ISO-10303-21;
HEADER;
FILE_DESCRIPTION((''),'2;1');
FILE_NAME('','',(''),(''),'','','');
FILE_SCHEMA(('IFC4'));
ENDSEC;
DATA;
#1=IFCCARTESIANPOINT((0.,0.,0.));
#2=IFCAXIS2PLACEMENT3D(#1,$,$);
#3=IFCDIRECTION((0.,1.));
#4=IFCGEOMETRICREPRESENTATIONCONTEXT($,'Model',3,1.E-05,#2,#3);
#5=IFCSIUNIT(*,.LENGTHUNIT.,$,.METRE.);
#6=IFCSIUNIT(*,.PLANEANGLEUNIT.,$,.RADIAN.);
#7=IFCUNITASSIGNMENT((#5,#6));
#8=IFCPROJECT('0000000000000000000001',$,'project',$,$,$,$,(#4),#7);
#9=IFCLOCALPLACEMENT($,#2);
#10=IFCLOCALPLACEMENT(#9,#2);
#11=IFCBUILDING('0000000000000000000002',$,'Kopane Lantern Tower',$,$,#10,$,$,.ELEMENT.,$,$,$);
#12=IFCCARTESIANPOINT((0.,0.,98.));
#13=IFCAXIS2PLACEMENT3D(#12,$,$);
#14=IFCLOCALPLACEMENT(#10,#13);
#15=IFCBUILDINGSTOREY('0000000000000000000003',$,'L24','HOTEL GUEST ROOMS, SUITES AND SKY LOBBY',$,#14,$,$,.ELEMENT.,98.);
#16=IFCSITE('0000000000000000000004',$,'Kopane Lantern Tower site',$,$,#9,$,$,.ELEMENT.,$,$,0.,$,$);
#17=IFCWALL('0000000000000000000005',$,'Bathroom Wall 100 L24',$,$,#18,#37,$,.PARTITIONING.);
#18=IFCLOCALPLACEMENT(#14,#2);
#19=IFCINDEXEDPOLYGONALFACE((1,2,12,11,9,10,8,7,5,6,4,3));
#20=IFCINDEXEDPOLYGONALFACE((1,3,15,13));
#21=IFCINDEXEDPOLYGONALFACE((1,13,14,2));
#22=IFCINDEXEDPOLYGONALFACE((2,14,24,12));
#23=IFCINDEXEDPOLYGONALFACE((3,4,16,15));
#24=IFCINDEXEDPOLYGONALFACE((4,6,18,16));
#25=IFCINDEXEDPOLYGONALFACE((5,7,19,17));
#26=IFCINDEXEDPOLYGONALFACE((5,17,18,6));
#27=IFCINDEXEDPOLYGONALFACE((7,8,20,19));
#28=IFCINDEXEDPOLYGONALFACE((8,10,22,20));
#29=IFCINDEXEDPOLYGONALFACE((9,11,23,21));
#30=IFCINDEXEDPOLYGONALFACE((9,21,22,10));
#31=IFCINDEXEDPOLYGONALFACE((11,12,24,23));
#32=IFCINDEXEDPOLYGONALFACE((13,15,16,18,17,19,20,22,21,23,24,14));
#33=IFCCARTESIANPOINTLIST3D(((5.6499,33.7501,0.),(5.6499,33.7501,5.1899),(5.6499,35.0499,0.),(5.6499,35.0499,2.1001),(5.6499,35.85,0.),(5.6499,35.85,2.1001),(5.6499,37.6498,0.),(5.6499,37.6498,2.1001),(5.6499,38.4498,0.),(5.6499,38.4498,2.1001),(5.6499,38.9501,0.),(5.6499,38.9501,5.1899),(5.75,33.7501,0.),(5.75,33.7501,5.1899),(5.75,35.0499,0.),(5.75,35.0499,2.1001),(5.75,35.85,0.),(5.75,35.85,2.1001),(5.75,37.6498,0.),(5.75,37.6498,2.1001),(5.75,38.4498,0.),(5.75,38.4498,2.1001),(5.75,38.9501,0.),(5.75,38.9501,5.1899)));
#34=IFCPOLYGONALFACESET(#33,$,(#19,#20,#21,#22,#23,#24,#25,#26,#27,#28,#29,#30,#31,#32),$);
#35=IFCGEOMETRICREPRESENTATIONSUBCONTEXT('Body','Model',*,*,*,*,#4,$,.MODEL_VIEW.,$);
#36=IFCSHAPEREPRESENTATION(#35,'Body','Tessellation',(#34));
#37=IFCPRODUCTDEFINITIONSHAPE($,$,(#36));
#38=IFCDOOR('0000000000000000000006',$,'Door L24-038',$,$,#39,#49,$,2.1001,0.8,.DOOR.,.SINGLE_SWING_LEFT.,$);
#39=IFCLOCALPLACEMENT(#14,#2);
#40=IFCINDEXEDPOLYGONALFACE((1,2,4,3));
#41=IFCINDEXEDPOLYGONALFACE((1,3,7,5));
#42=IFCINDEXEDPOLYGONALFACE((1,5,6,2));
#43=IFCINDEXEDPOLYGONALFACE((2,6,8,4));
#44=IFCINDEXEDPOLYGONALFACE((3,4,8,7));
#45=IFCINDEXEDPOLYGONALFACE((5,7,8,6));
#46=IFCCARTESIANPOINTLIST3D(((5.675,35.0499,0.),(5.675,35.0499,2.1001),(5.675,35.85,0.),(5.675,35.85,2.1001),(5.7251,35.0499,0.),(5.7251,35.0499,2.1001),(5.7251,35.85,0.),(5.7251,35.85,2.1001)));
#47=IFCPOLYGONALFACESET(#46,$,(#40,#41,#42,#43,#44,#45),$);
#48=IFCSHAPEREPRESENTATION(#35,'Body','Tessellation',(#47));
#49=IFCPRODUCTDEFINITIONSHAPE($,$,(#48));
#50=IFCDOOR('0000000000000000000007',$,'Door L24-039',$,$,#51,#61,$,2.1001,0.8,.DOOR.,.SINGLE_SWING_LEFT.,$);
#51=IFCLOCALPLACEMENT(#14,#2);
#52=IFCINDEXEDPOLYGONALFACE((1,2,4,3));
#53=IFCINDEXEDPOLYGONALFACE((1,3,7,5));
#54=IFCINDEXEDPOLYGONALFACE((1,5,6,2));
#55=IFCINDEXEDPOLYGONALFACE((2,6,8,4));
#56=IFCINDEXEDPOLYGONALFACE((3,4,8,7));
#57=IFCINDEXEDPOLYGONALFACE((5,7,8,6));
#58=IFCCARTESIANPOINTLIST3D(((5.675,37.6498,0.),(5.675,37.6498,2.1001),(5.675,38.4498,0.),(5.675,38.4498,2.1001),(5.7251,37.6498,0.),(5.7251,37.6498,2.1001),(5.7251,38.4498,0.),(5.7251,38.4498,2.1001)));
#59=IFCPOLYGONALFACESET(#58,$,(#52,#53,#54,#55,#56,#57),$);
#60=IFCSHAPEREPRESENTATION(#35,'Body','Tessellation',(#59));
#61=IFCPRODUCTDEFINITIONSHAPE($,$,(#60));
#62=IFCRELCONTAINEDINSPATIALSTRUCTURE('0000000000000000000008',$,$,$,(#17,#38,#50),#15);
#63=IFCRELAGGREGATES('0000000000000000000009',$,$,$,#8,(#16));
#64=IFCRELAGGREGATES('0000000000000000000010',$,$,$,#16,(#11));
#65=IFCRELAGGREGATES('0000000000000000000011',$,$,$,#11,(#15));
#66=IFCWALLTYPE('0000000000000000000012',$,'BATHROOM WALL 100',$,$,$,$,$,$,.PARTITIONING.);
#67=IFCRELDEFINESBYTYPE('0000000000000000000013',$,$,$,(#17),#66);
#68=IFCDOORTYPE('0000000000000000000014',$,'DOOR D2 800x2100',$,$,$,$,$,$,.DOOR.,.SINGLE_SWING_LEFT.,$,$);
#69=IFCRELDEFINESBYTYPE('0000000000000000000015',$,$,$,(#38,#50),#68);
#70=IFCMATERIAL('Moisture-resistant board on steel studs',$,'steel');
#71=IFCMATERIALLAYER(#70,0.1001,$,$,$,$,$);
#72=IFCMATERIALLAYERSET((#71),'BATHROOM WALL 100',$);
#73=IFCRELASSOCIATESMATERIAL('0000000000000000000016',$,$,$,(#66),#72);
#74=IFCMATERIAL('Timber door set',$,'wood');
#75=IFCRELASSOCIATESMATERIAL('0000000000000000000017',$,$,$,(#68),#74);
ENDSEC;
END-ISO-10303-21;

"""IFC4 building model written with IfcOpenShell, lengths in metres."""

from ifc_helpers import new_model, si_unit, direction, frame, frame_2d, origin, place, context, subcontext, project, spatial, rectangle, extrude, material, layer, layer_set, type_object, element, fill, save


model = new_model("IFC4")

# Units and contexts
model_context = context("Model", 3, precision=1e-05, world=origin(), true_north=direction((0.0, 1.0)))
body_context = subcontext(model_context, "Body", "Model", "MODEL_VIEW")
ifc_project = project(units=[si_unit("LENGTHUNIT", "METRE"), si_unit("PLANEANGLEUNIT", "RADIAN")], contexts=[model_context])

# Site, building, storey
site_placement = place(None, origin())
site = spatial("IfcSite", under=ifc_project, at=site_placement, Name="Kopane Lantern Tower site", CompositionType="ELEMENT", RefElevation=0.0)
building_placement = place(site_placement, origin())
building = spatial("IfcBuilding", under=site, at=building_placement, Name="Kopane Lantern Tower", CompositionType="ELEMENT")
storey_placement = place(building_placement, frame((0.0, 0.0, 98.0)))
storey = spatial("IfcBuildingStorey", under=building, at=storey_placement, Name="L24", Description="HOTEL GUEST ROOMS, SUITES AND SKY LOBBY", CompositionType="ELEMENT", Elevation=98.0)

# Wall, openings, doors
ifc_material_1 = material(Name="Moisture-resistant board on steel studs", Category="steel")
ifc_layer_1 = layer(ifc_material_1, 0.1001)
ifc_layer_set_1 = layer_set([ifc_layer_1], Name="BATHROOM WALL 100")
wall_type = type_object("IfcWallType", Name="BATHROOM WALL 100", PredefinedType="PARTITIONING", material=ifc_layer_set_1)
wall_placement = place(storey_placement, frame((5.7, 33.75, 0.0), z_axis=(0.0, 0.0, 1.0), x_axis=(0.0, 1.0, 0.0)))
wall = element("IfcWall", 1, at=wall_placement, inside=storey, type_object=wall_type, Name="Bathroom Wall 100 L24", PredefinedType="PARTITIONING", context=body_context, shape_type="SweptSolid", body=[
    extrude(rectangle(XDim=5.2, YDim=0.1001, at=frame_2d((2.6001, 0.0))), origin(), (0.0, 0.0, 1.0), 5.1899),
])
opening_1_placement = place(wall_placement, frame((1.3, 0.0, 0.0)))
opening_1 = element("IfcOpeningElement", 2, at=opening_1_placement, cuts=wall, PredefinedType="OPENING", context=body_context, shape_type="SweptSolid", body=[
    extrude(rectangle(XDim=0.8, YDim=2.1001, at=frame_2d((0.3999, 1.05))), frame((0.0, 0.0601, 0.0), z_axis=(0.0, -1.0, 0.0), x_axis=(1.0, 0.0, 0.0)), (0.0, 0.0, 1.0), 0.1201),
])
opening_2_placement = place(wall_placement, frame((3.8999, 0.0, 0.0)))
opening_2 = element("IfcOpeningElement", 3, at=opening_2_placement, cuts=wall, PredefinedType="OPENING", context=body_context, shape_type="SweptSolid", body=[
    extrude(rectangle(XDim=0.8, YDim=2.1001, at=frame_2d((0.3999, 1.05))), frame((0.0, 0.0601, 0.0), z_axis=(0.0, -1.0, 0.0), x_axis=(1.0, 0.0, 0.0)), (0.0, 0.0, 1.0), 0.1201),
])
ifc_material_2 = material(Name="Timber door set", Category="wood")
door_type = type_object("IfcDoorType", Name="DOOR D2 800x2100", OperationType="SINGLE_SWING_LEFT", PredefinedType="DOOR", material=ifc_material_2)
door_1_placement = place(opening_1_placement, origin())
door_1 = element("IfcDoor", 4, at=door_1_placement, inside=storey, type_object=door_type, Name="Door L24-038", OperationType="SINGLE_SWING_LEFT", OverallHeight=2.1001, OverallWidth=0.8, PredefinedType="DOOR", context=body_context, shape_type="SweptSolid", body=[
    extrude(rectangle(XDim=0.8, YDim=2.1001, at=frame_2d((0.3999, 1.05))), frame((0.0, 0.0249, 0.0), z_axis=(0.0, -1.0, 0.0), x_axis=(1.0, 0.0, 0.0)), (0.0, 0.0, 1.0), 0.05),
])
fill(opening_1, door_1)
door_2_placement = place(opening_2_placement, origin())
door_2 = element("IfcDoor", 5, at=door_2_placement, inside=storey, type_object=door_type, Name="Door L24-039", OperationType="SINGLE_SWING_LEFT", OverallHeight=2.1001, OverallWidth=0.8, PredefinedType="DOOR", context=body_context, shape_type="SweptSolid", body=[
    extrude(rectangle(XDim=0.8, YDim=2.1001, at=frame_2d((0.3999, 1.05))), frame((0.0, 0.0249, 0.0), z_axis=(0.0, -1.0, 0.0), x_axis=(1.0, 0.0, 0.0)), (0.0, 0.0, 1.0), 0.05),
])
fill(opening_2, door_2)

save(model, "model.ifc")
